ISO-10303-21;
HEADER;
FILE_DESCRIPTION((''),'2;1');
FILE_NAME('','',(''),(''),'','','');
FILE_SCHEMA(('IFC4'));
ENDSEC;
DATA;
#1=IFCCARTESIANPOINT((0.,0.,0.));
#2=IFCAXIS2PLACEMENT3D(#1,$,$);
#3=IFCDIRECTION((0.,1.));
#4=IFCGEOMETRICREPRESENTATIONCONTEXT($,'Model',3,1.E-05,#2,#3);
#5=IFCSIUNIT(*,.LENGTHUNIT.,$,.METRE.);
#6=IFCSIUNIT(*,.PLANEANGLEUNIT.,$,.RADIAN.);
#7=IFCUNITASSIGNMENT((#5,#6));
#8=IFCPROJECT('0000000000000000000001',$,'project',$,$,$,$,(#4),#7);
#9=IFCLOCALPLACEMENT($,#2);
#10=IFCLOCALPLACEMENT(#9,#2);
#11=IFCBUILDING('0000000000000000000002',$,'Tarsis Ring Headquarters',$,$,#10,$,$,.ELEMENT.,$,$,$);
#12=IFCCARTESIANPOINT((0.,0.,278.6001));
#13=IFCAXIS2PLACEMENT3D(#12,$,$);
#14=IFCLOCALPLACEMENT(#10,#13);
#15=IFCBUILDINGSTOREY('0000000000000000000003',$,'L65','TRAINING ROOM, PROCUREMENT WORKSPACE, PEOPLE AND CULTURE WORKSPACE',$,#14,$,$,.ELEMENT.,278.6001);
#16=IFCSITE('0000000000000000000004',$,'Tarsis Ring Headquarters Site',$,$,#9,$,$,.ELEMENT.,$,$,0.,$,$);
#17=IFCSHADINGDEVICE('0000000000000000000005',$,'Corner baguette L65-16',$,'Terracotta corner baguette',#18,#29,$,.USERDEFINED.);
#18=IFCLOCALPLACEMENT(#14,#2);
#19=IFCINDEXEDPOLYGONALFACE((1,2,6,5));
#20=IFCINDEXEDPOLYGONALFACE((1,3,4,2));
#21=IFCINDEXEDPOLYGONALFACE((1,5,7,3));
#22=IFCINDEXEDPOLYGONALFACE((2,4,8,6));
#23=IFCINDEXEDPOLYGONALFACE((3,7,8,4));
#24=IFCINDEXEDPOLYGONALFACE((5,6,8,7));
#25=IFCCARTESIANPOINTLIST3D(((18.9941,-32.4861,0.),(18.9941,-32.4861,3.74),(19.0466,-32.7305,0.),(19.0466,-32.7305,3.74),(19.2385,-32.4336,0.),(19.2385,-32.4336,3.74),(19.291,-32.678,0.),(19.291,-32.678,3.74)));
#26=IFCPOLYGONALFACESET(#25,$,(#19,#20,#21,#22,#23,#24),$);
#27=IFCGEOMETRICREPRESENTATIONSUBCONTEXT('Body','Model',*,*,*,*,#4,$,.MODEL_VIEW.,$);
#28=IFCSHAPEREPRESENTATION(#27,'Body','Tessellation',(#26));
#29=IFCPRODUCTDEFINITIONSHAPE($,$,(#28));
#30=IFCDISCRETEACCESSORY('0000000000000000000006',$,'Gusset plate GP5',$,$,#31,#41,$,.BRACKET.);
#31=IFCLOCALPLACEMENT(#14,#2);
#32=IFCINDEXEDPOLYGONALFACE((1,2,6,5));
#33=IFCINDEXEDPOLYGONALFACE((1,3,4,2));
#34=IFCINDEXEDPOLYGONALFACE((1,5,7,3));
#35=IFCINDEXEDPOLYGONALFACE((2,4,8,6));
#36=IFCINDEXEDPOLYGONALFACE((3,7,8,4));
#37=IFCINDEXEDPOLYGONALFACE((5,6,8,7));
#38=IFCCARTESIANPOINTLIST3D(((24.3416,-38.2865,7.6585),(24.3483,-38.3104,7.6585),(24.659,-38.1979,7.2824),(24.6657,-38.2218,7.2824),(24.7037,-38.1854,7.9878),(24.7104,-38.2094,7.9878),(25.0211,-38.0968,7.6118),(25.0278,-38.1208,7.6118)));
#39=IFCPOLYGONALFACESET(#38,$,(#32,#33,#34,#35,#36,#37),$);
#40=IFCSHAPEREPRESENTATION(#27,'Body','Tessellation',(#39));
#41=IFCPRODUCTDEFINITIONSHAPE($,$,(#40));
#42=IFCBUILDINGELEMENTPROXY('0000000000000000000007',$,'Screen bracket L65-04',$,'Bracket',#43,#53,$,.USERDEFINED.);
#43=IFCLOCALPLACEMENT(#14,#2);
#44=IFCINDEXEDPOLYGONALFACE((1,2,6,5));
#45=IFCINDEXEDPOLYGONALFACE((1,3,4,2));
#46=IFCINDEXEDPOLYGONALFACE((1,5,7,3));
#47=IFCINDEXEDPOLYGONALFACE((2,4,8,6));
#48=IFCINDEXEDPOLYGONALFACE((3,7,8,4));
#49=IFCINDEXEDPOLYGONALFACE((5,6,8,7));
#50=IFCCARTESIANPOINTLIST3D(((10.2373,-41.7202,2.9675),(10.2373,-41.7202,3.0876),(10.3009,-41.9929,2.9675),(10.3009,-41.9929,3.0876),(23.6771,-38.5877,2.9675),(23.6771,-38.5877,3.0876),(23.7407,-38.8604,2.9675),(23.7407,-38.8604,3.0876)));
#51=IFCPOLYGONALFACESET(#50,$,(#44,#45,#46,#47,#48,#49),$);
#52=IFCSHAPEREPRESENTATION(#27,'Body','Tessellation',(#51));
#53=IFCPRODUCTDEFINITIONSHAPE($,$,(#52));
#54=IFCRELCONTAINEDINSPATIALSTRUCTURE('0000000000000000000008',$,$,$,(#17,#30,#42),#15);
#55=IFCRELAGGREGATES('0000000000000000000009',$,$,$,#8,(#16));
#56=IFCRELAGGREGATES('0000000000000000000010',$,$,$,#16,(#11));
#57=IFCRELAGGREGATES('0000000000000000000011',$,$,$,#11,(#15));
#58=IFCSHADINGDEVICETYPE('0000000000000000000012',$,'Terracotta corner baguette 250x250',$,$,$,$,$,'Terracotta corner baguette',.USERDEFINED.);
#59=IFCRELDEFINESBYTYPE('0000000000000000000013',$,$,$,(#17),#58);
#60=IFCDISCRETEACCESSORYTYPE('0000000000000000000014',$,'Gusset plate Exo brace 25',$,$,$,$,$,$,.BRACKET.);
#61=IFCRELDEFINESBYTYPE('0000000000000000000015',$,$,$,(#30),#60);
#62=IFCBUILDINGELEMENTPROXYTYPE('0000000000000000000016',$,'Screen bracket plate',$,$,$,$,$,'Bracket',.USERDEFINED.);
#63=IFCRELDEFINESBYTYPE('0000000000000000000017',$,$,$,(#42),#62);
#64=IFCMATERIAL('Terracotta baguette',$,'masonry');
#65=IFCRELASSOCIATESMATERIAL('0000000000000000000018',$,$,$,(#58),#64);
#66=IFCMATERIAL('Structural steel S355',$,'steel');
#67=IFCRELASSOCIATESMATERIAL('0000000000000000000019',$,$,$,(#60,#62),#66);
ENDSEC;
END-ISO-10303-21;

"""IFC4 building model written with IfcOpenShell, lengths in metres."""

from ifc_helpers import new_model, si_unit, direction, frame, origin, origin_2d, place, context, subcontext, project, spatial, rectangle, extrude, material, material_profile, profile_set, type_object, element, save


model = new_model("IFC4")

# Units and contexts
model_context = context("Model", 3, precision=1e-05, world=origin(), true_north=direction((0.0, 1.0)))
body_context = subcontext(model_context, "Body", "Model", "MODEL_VIEW")
ifc_project = project(units=[si_unit("LENGTHUNIT", "METRE"), si_unit("PLANEANGLEUNIT", "RADIAN")], contexts=[model_context])

# Site, building, storey
site_placement = place(None, origin())
site = spatial("IfcSite", under=ifc_project, at=site_placement, Name="Tarsis Ring Headquarters Site", CompositionType="ELEMENT", RefElevation=0.0)
building_placement = place(site_placement, origin())
building = spatial("IfcBuilding", under=site, at=building_placement, Name="Tarsis Ring Headquarters", CompositionType="ELEMENT")
storey_placement = place(building_placement, frame((0.0, 0.0, 278.6001)))
storey = spatial("IfcBuildingStorey", under=building, at=storey_placement, Name="L65", Description="TRAINING ROOM, PROCUREMENT WORKSPACE, PEOPLE AND CULTURE WORKSPACE", CompositionType="ELEMENT", Elevation=278.6001)

# Shared definitions
ifc_material_1 = material(Name="Structural steel S355", Category="steel")

# Shading device
ifc_material_2 = material(Name="Terracotta baguette", Category="masonry")
shading_device_type_1 = type_object("IfcShadingDeviceType", Name="Terracotta corner baguette 250x250", ElementType="Terracotta corner baguette", PredefinedType="USERDEFINED", material=ifc_material_2)
for number, where, z_axis, x_axis, name in (
    (1, (19.1426, -32.582, 0.0), (0.0, 0.0, 1.0), (0.97771, 0.20996, 0.0), "Corner baguette L65-16"),
):
    element("IfcShadingDevice", number, at=place(storey_placement, frame(where, z_axis=z_axis, x_axis=x_axis)), inside=storey, type_object=shading_device_type_1, Name=name, ObjectType="Terracotta corner baguette", PredefinedType="USERDEFINED", context=body_context, shape_type="SweptSolid", body=[
        extrude(rectangle(XDim=0.25, YDim=0.25, at=origin_2d()), origin(), (0.0, 0.0, 1.0), 3.74),
    ])

# Discrete accessory
ifc_material_profile_1 = material_profile(ifc_material_1, rectangle(XDim=0.0249, YDim=0.5, at=origin_2d()), Name="PL 25x500")
ifc_profile_set_1 = profile_set([ifc_material_profile_1], Name="Structural steel S355")
discrete_accessory_type = type_object("IfcDiscreteAccessoryType", Name="Gusset plate Exo brace 25", PredefinedType="BRACKET", material=ifc_profile_set_1)
discrete_accessory_placement = place(storey_placement, frame((24.8657, -38.1531, 7.7998), z_axis=(-0.724451, -0.202241, -0.658991), x_axis=(0.268883, -0.963173, 0.0)))
element("IfcDiscreteAccessory", 2, at=discrete_accessory_placement, inside=storey, type_object=discrete_accessory_type, Name="Gusset plate GP5", PredefinedType="BRACKET", context=body_context, shape_type="SweptSolid", body=[
    extrude(rectangle(XDim=0.0249, YDim=0.5, at=origin_2d()), origin(), (0.0, 0.0, 1.0), 0.4998),
])

# Building element proxy
building_element_proxy_type = type_object("IfcBuildingElementProxyType", Name="Screen bracket plate", ElementType="Bracket", PredefinedType="USERDEFINED", material=ifc_material_1)
proxy_placement = place(storey_placement, frame((16.989, -40.2903, 2.9675), z_axis=(0.0, 0.0, 1.0), x_axis=(0.973897, 0.226991, 0.0)))
element("IfcBuildingElementProxy", 3, at=proxy_placement, inside=storey, type_object=building_element_proxy_type, Name="Screen bracket L65-04", ObjectType="Bracket", PredefinedType="USERDEFINED", context=body_context, shape_type="SweptSolid", body=[
    extrude(rectangle(XDim=13.8, YDim=0.28, at=origin_2d()), origin(), (0.0, 0.0, 1.0), 0.1201),
])

save(model, "model.ifc")
